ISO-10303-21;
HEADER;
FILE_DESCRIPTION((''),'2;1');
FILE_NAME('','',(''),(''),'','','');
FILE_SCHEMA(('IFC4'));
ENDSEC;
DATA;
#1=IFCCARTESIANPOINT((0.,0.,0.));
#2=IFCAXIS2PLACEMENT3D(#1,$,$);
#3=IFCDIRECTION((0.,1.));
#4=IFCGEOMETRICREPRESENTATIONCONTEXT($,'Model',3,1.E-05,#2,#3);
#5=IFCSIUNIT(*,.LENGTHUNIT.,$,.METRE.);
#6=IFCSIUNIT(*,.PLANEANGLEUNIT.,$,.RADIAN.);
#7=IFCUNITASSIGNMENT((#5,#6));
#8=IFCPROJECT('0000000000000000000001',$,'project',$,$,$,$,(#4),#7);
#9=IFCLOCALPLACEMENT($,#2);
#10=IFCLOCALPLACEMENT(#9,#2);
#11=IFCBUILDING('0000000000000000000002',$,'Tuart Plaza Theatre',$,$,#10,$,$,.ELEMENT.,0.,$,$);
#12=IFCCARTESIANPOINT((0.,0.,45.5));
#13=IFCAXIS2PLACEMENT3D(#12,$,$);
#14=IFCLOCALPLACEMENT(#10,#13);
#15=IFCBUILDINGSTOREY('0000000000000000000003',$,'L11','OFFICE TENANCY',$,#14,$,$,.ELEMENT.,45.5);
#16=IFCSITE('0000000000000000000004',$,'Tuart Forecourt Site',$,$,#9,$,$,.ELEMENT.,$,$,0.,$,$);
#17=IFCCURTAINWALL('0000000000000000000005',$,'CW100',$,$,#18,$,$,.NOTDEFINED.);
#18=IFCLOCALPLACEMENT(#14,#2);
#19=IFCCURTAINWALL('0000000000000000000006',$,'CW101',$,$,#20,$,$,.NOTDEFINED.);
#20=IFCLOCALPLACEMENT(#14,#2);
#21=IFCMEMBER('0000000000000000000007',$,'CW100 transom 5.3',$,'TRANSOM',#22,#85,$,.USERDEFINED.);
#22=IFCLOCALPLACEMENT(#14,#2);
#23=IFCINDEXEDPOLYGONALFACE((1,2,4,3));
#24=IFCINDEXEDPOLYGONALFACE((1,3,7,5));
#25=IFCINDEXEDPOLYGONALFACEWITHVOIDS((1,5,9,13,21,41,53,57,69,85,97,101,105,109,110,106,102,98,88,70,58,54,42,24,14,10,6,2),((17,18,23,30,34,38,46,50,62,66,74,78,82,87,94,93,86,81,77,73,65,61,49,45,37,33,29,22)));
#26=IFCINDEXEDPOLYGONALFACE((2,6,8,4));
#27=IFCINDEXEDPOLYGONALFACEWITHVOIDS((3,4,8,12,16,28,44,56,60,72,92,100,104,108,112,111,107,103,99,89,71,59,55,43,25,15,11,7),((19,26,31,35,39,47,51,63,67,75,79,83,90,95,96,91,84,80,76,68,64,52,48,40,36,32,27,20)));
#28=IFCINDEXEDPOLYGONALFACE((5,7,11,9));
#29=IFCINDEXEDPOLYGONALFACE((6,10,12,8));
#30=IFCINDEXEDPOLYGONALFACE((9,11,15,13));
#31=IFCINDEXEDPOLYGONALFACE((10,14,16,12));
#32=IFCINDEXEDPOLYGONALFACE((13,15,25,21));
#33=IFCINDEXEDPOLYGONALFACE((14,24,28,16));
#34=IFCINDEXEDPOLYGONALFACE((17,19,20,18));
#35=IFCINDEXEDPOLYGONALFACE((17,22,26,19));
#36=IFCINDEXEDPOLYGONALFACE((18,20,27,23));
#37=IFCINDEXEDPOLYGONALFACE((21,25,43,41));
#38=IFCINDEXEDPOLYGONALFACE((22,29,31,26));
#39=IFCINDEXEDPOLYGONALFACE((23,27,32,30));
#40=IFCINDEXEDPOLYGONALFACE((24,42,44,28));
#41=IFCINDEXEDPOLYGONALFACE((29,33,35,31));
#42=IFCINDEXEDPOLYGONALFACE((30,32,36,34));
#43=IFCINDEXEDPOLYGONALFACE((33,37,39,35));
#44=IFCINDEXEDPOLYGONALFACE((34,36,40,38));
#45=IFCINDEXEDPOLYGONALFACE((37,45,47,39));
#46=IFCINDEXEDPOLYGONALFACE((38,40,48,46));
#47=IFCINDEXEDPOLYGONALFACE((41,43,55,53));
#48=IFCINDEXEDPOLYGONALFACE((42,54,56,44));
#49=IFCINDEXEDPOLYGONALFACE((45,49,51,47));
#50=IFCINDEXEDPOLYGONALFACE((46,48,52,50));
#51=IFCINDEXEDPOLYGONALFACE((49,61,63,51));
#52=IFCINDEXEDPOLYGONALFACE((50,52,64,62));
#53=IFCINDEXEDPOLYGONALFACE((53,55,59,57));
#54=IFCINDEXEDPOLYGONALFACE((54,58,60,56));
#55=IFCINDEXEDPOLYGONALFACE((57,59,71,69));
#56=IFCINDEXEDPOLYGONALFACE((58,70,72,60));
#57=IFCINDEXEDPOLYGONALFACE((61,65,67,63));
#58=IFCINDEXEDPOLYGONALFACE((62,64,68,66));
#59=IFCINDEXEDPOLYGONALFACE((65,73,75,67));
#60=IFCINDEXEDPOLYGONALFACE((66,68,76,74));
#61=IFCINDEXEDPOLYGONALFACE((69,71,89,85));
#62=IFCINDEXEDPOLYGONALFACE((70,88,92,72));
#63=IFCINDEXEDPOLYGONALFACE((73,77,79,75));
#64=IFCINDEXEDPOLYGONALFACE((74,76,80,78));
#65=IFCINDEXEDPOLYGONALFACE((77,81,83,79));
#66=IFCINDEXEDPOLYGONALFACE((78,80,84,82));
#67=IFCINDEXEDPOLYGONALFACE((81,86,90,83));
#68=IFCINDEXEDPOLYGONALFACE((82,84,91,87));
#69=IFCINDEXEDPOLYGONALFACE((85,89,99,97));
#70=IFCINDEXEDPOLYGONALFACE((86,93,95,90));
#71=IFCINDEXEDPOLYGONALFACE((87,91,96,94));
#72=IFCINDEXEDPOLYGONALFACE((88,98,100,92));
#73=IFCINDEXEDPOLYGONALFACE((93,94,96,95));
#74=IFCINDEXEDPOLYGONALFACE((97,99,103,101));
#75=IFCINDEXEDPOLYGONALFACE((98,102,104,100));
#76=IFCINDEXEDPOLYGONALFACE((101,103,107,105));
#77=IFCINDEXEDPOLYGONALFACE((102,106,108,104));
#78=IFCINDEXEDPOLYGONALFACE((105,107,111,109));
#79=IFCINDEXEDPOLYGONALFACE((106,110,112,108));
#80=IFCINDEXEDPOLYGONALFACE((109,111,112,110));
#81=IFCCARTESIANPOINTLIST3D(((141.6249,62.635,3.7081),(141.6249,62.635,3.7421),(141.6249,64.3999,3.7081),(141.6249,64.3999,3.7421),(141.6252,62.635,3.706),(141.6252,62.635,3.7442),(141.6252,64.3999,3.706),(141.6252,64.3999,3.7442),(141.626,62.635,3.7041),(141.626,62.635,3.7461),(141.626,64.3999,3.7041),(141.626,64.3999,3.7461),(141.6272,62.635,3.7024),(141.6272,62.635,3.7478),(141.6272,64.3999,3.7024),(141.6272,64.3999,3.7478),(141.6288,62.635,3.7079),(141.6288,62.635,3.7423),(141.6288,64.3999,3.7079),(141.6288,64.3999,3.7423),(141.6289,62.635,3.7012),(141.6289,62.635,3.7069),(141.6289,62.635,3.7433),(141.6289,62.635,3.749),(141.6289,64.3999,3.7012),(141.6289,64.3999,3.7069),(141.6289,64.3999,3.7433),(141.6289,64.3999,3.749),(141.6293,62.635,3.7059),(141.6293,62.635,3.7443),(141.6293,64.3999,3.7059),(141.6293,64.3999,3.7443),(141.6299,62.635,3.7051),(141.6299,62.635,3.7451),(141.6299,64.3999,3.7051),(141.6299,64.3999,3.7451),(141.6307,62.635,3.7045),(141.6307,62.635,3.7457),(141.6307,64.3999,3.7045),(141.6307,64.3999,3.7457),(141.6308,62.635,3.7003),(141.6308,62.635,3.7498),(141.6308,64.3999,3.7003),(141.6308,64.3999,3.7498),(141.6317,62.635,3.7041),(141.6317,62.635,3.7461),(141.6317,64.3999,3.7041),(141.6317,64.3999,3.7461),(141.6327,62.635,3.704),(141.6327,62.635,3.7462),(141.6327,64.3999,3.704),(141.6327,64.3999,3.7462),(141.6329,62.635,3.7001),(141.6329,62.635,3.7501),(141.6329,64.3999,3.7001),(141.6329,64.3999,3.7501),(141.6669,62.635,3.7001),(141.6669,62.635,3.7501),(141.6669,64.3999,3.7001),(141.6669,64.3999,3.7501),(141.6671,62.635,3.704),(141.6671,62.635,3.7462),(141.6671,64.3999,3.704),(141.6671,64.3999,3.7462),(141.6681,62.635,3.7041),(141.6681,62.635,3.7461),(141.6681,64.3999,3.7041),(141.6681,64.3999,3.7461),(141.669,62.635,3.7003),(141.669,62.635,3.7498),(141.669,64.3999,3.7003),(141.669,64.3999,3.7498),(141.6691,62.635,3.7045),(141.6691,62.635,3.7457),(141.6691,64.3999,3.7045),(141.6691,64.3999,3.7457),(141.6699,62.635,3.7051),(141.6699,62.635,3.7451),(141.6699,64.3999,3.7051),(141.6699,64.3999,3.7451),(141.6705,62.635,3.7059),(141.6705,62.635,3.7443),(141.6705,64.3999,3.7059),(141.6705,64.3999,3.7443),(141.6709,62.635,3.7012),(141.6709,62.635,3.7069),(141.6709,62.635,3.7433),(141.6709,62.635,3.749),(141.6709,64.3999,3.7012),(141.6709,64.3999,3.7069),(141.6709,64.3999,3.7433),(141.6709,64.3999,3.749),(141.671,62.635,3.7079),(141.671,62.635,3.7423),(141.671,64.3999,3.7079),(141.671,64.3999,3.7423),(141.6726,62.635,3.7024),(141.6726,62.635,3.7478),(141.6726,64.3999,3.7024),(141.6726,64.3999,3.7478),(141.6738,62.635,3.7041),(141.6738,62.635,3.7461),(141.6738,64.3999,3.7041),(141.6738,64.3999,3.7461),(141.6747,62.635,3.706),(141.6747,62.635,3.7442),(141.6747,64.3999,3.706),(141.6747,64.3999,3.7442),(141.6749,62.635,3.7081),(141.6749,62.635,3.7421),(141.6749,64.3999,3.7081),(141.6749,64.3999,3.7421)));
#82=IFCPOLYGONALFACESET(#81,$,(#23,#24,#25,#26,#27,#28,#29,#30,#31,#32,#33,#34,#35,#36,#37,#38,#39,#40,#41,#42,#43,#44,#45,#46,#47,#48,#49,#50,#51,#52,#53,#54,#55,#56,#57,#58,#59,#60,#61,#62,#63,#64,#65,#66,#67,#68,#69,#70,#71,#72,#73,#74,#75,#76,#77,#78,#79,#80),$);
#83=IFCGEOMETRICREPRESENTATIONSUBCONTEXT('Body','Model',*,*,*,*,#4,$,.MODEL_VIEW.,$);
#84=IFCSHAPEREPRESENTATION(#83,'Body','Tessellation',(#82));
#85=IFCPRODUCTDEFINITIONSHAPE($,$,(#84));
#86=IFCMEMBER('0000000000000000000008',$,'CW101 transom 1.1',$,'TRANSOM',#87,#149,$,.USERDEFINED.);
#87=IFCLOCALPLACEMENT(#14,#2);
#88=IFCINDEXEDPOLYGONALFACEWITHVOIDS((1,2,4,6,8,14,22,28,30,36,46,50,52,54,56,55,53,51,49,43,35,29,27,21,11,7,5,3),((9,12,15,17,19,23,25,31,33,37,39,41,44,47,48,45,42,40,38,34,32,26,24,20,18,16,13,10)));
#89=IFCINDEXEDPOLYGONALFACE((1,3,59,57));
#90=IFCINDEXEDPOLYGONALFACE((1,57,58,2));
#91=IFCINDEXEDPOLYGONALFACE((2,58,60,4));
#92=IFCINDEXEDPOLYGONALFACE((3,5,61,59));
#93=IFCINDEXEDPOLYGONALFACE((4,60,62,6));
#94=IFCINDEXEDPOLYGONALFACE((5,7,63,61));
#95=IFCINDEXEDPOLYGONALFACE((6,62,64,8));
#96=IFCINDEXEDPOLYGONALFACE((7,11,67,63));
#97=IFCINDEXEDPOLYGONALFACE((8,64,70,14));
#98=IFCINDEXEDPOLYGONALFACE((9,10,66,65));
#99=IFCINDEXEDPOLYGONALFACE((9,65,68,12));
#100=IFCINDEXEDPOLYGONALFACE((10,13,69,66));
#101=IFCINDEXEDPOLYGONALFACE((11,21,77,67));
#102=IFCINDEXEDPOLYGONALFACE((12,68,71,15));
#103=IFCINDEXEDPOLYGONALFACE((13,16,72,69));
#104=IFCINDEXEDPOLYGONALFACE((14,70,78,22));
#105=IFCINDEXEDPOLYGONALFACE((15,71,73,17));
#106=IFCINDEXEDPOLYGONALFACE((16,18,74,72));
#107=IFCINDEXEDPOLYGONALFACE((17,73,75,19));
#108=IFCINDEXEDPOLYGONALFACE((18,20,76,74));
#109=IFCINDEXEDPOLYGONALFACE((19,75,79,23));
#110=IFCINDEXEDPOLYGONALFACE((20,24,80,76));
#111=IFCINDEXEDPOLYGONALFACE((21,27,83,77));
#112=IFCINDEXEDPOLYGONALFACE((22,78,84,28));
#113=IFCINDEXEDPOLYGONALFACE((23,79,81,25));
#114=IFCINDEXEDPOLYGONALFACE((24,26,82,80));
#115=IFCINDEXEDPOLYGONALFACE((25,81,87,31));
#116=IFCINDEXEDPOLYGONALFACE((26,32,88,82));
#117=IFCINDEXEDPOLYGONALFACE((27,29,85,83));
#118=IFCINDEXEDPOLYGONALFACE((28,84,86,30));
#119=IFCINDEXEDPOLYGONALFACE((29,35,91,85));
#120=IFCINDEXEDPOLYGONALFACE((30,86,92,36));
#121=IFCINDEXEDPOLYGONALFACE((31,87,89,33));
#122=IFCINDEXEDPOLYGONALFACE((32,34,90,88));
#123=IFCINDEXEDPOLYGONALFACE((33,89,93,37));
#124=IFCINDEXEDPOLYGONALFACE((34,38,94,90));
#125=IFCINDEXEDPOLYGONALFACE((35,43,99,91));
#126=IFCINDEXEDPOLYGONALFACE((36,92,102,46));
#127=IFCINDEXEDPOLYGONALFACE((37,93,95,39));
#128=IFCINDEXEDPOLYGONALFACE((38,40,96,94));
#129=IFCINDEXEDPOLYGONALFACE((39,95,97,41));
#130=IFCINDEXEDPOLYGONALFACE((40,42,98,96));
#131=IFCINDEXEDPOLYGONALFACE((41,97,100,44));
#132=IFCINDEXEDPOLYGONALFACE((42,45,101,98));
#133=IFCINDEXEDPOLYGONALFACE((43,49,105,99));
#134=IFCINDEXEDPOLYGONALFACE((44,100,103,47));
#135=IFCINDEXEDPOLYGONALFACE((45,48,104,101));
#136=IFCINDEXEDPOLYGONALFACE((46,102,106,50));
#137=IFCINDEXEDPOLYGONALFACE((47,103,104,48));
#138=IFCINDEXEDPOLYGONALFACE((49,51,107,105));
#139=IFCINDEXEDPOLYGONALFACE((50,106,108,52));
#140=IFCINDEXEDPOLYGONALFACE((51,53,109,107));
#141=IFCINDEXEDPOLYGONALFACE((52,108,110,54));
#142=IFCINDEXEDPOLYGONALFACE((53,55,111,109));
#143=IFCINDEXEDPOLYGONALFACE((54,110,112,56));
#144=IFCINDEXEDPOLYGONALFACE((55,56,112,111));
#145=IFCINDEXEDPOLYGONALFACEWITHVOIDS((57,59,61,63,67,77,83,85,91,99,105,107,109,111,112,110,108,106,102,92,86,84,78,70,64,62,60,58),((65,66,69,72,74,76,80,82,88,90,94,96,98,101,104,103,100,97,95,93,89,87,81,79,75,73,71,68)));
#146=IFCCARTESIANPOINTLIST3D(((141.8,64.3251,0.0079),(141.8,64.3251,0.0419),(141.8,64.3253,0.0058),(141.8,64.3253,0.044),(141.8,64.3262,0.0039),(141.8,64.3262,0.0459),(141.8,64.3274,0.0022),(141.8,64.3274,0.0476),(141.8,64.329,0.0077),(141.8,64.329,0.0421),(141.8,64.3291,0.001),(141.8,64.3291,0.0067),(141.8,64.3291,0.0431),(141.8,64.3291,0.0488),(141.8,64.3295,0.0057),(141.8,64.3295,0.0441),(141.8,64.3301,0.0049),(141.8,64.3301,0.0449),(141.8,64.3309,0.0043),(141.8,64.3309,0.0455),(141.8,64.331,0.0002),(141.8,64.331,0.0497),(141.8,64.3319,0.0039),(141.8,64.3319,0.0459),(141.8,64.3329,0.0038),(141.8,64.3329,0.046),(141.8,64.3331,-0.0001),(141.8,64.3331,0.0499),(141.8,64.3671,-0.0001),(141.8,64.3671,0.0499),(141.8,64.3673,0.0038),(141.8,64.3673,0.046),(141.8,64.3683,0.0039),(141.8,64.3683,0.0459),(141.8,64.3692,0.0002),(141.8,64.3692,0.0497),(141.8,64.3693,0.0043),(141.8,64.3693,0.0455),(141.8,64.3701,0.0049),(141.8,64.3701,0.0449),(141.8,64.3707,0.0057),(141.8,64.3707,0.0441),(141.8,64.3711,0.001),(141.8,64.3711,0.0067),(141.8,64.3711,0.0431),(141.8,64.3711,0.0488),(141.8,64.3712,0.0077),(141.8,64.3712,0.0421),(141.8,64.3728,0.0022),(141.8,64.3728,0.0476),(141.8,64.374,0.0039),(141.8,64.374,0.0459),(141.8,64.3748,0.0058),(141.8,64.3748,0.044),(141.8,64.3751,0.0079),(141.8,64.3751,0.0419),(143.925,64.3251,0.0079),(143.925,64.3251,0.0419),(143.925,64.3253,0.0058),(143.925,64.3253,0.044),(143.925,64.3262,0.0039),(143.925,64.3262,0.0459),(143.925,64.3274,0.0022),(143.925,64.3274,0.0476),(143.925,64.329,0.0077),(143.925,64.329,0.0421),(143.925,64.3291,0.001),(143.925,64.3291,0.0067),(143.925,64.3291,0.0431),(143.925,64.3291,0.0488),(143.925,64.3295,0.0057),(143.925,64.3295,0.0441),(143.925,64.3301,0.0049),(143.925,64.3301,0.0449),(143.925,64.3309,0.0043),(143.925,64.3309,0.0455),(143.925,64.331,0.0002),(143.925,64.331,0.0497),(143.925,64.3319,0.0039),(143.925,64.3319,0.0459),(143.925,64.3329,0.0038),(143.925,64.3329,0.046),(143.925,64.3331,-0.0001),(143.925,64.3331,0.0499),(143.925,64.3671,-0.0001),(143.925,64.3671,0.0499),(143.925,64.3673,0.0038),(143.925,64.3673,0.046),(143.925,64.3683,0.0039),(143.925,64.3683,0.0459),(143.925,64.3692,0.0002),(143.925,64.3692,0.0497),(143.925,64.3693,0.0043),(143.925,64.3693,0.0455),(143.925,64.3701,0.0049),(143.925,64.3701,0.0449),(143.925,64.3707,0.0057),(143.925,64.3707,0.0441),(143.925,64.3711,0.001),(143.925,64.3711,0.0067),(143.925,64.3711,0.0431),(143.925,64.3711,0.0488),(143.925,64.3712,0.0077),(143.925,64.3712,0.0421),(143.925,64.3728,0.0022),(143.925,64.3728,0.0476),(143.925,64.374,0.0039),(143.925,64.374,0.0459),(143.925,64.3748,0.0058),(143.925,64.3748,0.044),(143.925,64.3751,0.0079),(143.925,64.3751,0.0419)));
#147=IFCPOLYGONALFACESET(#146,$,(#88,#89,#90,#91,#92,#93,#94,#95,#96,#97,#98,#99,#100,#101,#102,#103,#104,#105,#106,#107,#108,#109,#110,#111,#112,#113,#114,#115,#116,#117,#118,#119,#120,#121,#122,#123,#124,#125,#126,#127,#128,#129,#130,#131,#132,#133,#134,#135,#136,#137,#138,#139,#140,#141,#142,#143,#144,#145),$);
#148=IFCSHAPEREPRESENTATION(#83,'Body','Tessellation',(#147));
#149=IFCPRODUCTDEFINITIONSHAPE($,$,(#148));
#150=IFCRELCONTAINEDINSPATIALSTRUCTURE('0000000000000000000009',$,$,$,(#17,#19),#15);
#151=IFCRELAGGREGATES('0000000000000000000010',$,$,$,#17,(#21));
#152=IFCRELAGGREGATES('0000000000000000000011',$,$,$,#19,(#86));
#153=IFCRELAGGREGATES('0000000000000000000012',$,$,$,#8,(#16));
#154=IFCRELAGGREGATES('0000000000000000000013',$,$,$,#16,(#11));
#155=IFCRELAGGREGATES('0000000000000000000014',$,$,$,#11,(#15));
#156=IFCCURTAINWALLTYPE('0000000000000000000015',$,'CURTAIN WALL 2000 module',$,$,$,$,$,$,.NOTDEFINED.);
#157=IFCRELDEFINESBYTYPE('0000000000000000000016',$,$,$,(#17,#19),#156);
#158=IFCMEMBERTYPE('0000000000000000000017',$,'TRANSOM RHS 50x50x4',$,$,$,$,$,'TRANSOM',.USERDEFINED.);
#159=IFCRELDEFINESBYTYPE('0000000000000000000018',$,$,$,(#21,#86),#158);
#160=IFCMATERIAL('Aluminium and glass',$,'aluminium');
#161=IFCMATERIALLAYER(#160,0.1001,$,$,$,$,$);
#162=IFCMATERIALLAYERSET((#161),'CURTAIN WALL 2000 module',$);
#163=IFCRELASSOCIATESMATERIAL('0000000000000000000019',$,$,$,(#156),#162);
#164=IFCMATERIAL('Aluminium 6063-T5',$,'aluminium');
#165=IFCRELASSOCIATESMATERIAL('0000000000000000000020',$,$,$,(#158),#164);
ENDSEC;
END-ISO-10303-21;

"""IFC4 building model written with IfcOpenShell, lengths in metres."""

from ifc_helpers import new_model, si_unit, direction, frame, origin, origin_2d, place, context, subcontext, project, spatial, hollow_rectangle, extrude, material, layer, layer_set, material_profile, profile_set, type_object, element, aggregate, save


model = new_model("IFC4")

# Units and contexts
model_context = context("Model", 3, precision=1e-05, world=origin(), true_north=direction((0.0, 1.0)))
body_context = subcontext(model_context, "Body", "Model", "MODEL_VIEW")
ifc_project = project(units=[si_unit("LENGTHUNIT", "METRE"), si_unit("PLANEANGLEUNIT", "RADIAN")], contexts=[model_context])

# Site, building, storey
site_placement = place(None, origin())
site = spatial("IfcSite", under=ifc_project, at=site_placement, Name="Tuart Forecourt Site", CompositionType="ELEMENT", RefElevation=0.0)
building_placement = place(site_placement, origin())
building = spatial("IfcBuilding", under=site, at=building_placement, Name="Tuart Plaza Theatre", CompositionType="ELEMENT", ElevationOfRefHeight=0.0)
storey_placement = place(building_placement, frame((0.0, 0.0, 45.5)))
storey = spatial("IfcBuildingStorey", under=building, at=storey_placement, Name="L11", Description="OFFICE TENANCY", CompositionType="ELEMENT", Elevation=45.5)

# Curtain walls
ifc_material_1 = material(Name="Aluminium and glass", Category="aluminium")
ifc_layer_1 = layer(ifc_material_1, 0.1001)
ifc_layer_set_1 = layer_set([ifc_layer_1], Name="CURTAIN WALL 2000 module")
curtain_wall_type = type_object("IfcCurtainWallType", Name="CURTAIN WALL 2000 module", PredefinedType="NOTDEFINED", material=ifc_layer_set_1)
curtain_wall_1_placement = place(storey_placement, origin())
curtain_wall_1 = element("IfcCurtainWall", 1, at=curtain_wall_1_placement, inside=storey, type_object=curtain_wall_type, Name="CW100", PredefinedType="NOTDEFINED")
curtain_wall_2_placement = place(storey_placement, origin())
curtain_wall_2 = element("IfcCurtainWall", 2, at=curtain_wall_2_placement, inside=storey, type_object=curtain_wall_type, Name="CW101", PredefinedType="NOTDEFINED")

# Members
ifc_material_2 = material(Name="Aluminium 6063-T5", Category="aluminium")
ifc_material_profile_1 = material_profile(ifc_material_2, hollow_rectangle(XDim=0.05, YDim=0.05, WallThickness=0.0039, InnerFilletRadius=0.0039, OuterFilletRadius=0.0081, at=origin_2d()), Name="RHS 50x50x4")
ifc_profile_set_1 = profile_set([ifc_material_profile_1], Name="Aluminium 6063-T5")
member_type_1 = type_object("IfcMemberType", Name="TRANSOM RHS 50x50x4", ElementType="TRANSOM", PredefinedType="USERDEFINED", material=ifc_profile_set_1)
member_1_placement = place(storey_placement, frame((141.6499, 62.635, 3.7251), z_axis=(0.0, 1.0, 0.0), x_axis=(-1.0, 0.0, 0.0)))
member_1 = element("IfcMember", 3, at=member_1_placement, type_object=member_type_1, Name="CW100 transom 5.3", ObjectType="TRANSOM", PredefinedType="USERDEFINED", context=body_context, shape_type="SweptSolid", body=[
    extrude(hollow_rectangle(XDim=0.05, YDim=0.05, WallThickness=0.0039, InnerFilletRadius=0.0039, OuterFilletRadius=0.0081, at=origin_2d()), origin(), (0.0, 0.0, 1.0), 1.7649),
])
member_2_placement = place(storey_placement, frame((141.8, 64.3501, 0.0249), z_axis=(1.0, 0.0, 0.0), x_axis=(0.0, 1.0, 0.0)))
member_2 = element("IfcMember", 4, at=member_2_placement, type_object=member_type_1, Name="CW101 transom 1.1", ObjectType="TRANSOM", PredefinedType="USERDEFINED", context=body_context, shape_type="SweptSolid", body=[
    extrude(hollow_rectangle(XDim=0.05, YDim=0.05, WallThickness=0.0039, InnerFilletRadius=0.0039, OuterFilletRadius=0.0081, at=origin_2d()), origin(), (0.0, 0.0, 1.0), 2.125),
])

aggregate(curtain_wall_1, [member_1])
aggregate(curtain_wall_2, [member_2])

save(model, "model.ifc")
